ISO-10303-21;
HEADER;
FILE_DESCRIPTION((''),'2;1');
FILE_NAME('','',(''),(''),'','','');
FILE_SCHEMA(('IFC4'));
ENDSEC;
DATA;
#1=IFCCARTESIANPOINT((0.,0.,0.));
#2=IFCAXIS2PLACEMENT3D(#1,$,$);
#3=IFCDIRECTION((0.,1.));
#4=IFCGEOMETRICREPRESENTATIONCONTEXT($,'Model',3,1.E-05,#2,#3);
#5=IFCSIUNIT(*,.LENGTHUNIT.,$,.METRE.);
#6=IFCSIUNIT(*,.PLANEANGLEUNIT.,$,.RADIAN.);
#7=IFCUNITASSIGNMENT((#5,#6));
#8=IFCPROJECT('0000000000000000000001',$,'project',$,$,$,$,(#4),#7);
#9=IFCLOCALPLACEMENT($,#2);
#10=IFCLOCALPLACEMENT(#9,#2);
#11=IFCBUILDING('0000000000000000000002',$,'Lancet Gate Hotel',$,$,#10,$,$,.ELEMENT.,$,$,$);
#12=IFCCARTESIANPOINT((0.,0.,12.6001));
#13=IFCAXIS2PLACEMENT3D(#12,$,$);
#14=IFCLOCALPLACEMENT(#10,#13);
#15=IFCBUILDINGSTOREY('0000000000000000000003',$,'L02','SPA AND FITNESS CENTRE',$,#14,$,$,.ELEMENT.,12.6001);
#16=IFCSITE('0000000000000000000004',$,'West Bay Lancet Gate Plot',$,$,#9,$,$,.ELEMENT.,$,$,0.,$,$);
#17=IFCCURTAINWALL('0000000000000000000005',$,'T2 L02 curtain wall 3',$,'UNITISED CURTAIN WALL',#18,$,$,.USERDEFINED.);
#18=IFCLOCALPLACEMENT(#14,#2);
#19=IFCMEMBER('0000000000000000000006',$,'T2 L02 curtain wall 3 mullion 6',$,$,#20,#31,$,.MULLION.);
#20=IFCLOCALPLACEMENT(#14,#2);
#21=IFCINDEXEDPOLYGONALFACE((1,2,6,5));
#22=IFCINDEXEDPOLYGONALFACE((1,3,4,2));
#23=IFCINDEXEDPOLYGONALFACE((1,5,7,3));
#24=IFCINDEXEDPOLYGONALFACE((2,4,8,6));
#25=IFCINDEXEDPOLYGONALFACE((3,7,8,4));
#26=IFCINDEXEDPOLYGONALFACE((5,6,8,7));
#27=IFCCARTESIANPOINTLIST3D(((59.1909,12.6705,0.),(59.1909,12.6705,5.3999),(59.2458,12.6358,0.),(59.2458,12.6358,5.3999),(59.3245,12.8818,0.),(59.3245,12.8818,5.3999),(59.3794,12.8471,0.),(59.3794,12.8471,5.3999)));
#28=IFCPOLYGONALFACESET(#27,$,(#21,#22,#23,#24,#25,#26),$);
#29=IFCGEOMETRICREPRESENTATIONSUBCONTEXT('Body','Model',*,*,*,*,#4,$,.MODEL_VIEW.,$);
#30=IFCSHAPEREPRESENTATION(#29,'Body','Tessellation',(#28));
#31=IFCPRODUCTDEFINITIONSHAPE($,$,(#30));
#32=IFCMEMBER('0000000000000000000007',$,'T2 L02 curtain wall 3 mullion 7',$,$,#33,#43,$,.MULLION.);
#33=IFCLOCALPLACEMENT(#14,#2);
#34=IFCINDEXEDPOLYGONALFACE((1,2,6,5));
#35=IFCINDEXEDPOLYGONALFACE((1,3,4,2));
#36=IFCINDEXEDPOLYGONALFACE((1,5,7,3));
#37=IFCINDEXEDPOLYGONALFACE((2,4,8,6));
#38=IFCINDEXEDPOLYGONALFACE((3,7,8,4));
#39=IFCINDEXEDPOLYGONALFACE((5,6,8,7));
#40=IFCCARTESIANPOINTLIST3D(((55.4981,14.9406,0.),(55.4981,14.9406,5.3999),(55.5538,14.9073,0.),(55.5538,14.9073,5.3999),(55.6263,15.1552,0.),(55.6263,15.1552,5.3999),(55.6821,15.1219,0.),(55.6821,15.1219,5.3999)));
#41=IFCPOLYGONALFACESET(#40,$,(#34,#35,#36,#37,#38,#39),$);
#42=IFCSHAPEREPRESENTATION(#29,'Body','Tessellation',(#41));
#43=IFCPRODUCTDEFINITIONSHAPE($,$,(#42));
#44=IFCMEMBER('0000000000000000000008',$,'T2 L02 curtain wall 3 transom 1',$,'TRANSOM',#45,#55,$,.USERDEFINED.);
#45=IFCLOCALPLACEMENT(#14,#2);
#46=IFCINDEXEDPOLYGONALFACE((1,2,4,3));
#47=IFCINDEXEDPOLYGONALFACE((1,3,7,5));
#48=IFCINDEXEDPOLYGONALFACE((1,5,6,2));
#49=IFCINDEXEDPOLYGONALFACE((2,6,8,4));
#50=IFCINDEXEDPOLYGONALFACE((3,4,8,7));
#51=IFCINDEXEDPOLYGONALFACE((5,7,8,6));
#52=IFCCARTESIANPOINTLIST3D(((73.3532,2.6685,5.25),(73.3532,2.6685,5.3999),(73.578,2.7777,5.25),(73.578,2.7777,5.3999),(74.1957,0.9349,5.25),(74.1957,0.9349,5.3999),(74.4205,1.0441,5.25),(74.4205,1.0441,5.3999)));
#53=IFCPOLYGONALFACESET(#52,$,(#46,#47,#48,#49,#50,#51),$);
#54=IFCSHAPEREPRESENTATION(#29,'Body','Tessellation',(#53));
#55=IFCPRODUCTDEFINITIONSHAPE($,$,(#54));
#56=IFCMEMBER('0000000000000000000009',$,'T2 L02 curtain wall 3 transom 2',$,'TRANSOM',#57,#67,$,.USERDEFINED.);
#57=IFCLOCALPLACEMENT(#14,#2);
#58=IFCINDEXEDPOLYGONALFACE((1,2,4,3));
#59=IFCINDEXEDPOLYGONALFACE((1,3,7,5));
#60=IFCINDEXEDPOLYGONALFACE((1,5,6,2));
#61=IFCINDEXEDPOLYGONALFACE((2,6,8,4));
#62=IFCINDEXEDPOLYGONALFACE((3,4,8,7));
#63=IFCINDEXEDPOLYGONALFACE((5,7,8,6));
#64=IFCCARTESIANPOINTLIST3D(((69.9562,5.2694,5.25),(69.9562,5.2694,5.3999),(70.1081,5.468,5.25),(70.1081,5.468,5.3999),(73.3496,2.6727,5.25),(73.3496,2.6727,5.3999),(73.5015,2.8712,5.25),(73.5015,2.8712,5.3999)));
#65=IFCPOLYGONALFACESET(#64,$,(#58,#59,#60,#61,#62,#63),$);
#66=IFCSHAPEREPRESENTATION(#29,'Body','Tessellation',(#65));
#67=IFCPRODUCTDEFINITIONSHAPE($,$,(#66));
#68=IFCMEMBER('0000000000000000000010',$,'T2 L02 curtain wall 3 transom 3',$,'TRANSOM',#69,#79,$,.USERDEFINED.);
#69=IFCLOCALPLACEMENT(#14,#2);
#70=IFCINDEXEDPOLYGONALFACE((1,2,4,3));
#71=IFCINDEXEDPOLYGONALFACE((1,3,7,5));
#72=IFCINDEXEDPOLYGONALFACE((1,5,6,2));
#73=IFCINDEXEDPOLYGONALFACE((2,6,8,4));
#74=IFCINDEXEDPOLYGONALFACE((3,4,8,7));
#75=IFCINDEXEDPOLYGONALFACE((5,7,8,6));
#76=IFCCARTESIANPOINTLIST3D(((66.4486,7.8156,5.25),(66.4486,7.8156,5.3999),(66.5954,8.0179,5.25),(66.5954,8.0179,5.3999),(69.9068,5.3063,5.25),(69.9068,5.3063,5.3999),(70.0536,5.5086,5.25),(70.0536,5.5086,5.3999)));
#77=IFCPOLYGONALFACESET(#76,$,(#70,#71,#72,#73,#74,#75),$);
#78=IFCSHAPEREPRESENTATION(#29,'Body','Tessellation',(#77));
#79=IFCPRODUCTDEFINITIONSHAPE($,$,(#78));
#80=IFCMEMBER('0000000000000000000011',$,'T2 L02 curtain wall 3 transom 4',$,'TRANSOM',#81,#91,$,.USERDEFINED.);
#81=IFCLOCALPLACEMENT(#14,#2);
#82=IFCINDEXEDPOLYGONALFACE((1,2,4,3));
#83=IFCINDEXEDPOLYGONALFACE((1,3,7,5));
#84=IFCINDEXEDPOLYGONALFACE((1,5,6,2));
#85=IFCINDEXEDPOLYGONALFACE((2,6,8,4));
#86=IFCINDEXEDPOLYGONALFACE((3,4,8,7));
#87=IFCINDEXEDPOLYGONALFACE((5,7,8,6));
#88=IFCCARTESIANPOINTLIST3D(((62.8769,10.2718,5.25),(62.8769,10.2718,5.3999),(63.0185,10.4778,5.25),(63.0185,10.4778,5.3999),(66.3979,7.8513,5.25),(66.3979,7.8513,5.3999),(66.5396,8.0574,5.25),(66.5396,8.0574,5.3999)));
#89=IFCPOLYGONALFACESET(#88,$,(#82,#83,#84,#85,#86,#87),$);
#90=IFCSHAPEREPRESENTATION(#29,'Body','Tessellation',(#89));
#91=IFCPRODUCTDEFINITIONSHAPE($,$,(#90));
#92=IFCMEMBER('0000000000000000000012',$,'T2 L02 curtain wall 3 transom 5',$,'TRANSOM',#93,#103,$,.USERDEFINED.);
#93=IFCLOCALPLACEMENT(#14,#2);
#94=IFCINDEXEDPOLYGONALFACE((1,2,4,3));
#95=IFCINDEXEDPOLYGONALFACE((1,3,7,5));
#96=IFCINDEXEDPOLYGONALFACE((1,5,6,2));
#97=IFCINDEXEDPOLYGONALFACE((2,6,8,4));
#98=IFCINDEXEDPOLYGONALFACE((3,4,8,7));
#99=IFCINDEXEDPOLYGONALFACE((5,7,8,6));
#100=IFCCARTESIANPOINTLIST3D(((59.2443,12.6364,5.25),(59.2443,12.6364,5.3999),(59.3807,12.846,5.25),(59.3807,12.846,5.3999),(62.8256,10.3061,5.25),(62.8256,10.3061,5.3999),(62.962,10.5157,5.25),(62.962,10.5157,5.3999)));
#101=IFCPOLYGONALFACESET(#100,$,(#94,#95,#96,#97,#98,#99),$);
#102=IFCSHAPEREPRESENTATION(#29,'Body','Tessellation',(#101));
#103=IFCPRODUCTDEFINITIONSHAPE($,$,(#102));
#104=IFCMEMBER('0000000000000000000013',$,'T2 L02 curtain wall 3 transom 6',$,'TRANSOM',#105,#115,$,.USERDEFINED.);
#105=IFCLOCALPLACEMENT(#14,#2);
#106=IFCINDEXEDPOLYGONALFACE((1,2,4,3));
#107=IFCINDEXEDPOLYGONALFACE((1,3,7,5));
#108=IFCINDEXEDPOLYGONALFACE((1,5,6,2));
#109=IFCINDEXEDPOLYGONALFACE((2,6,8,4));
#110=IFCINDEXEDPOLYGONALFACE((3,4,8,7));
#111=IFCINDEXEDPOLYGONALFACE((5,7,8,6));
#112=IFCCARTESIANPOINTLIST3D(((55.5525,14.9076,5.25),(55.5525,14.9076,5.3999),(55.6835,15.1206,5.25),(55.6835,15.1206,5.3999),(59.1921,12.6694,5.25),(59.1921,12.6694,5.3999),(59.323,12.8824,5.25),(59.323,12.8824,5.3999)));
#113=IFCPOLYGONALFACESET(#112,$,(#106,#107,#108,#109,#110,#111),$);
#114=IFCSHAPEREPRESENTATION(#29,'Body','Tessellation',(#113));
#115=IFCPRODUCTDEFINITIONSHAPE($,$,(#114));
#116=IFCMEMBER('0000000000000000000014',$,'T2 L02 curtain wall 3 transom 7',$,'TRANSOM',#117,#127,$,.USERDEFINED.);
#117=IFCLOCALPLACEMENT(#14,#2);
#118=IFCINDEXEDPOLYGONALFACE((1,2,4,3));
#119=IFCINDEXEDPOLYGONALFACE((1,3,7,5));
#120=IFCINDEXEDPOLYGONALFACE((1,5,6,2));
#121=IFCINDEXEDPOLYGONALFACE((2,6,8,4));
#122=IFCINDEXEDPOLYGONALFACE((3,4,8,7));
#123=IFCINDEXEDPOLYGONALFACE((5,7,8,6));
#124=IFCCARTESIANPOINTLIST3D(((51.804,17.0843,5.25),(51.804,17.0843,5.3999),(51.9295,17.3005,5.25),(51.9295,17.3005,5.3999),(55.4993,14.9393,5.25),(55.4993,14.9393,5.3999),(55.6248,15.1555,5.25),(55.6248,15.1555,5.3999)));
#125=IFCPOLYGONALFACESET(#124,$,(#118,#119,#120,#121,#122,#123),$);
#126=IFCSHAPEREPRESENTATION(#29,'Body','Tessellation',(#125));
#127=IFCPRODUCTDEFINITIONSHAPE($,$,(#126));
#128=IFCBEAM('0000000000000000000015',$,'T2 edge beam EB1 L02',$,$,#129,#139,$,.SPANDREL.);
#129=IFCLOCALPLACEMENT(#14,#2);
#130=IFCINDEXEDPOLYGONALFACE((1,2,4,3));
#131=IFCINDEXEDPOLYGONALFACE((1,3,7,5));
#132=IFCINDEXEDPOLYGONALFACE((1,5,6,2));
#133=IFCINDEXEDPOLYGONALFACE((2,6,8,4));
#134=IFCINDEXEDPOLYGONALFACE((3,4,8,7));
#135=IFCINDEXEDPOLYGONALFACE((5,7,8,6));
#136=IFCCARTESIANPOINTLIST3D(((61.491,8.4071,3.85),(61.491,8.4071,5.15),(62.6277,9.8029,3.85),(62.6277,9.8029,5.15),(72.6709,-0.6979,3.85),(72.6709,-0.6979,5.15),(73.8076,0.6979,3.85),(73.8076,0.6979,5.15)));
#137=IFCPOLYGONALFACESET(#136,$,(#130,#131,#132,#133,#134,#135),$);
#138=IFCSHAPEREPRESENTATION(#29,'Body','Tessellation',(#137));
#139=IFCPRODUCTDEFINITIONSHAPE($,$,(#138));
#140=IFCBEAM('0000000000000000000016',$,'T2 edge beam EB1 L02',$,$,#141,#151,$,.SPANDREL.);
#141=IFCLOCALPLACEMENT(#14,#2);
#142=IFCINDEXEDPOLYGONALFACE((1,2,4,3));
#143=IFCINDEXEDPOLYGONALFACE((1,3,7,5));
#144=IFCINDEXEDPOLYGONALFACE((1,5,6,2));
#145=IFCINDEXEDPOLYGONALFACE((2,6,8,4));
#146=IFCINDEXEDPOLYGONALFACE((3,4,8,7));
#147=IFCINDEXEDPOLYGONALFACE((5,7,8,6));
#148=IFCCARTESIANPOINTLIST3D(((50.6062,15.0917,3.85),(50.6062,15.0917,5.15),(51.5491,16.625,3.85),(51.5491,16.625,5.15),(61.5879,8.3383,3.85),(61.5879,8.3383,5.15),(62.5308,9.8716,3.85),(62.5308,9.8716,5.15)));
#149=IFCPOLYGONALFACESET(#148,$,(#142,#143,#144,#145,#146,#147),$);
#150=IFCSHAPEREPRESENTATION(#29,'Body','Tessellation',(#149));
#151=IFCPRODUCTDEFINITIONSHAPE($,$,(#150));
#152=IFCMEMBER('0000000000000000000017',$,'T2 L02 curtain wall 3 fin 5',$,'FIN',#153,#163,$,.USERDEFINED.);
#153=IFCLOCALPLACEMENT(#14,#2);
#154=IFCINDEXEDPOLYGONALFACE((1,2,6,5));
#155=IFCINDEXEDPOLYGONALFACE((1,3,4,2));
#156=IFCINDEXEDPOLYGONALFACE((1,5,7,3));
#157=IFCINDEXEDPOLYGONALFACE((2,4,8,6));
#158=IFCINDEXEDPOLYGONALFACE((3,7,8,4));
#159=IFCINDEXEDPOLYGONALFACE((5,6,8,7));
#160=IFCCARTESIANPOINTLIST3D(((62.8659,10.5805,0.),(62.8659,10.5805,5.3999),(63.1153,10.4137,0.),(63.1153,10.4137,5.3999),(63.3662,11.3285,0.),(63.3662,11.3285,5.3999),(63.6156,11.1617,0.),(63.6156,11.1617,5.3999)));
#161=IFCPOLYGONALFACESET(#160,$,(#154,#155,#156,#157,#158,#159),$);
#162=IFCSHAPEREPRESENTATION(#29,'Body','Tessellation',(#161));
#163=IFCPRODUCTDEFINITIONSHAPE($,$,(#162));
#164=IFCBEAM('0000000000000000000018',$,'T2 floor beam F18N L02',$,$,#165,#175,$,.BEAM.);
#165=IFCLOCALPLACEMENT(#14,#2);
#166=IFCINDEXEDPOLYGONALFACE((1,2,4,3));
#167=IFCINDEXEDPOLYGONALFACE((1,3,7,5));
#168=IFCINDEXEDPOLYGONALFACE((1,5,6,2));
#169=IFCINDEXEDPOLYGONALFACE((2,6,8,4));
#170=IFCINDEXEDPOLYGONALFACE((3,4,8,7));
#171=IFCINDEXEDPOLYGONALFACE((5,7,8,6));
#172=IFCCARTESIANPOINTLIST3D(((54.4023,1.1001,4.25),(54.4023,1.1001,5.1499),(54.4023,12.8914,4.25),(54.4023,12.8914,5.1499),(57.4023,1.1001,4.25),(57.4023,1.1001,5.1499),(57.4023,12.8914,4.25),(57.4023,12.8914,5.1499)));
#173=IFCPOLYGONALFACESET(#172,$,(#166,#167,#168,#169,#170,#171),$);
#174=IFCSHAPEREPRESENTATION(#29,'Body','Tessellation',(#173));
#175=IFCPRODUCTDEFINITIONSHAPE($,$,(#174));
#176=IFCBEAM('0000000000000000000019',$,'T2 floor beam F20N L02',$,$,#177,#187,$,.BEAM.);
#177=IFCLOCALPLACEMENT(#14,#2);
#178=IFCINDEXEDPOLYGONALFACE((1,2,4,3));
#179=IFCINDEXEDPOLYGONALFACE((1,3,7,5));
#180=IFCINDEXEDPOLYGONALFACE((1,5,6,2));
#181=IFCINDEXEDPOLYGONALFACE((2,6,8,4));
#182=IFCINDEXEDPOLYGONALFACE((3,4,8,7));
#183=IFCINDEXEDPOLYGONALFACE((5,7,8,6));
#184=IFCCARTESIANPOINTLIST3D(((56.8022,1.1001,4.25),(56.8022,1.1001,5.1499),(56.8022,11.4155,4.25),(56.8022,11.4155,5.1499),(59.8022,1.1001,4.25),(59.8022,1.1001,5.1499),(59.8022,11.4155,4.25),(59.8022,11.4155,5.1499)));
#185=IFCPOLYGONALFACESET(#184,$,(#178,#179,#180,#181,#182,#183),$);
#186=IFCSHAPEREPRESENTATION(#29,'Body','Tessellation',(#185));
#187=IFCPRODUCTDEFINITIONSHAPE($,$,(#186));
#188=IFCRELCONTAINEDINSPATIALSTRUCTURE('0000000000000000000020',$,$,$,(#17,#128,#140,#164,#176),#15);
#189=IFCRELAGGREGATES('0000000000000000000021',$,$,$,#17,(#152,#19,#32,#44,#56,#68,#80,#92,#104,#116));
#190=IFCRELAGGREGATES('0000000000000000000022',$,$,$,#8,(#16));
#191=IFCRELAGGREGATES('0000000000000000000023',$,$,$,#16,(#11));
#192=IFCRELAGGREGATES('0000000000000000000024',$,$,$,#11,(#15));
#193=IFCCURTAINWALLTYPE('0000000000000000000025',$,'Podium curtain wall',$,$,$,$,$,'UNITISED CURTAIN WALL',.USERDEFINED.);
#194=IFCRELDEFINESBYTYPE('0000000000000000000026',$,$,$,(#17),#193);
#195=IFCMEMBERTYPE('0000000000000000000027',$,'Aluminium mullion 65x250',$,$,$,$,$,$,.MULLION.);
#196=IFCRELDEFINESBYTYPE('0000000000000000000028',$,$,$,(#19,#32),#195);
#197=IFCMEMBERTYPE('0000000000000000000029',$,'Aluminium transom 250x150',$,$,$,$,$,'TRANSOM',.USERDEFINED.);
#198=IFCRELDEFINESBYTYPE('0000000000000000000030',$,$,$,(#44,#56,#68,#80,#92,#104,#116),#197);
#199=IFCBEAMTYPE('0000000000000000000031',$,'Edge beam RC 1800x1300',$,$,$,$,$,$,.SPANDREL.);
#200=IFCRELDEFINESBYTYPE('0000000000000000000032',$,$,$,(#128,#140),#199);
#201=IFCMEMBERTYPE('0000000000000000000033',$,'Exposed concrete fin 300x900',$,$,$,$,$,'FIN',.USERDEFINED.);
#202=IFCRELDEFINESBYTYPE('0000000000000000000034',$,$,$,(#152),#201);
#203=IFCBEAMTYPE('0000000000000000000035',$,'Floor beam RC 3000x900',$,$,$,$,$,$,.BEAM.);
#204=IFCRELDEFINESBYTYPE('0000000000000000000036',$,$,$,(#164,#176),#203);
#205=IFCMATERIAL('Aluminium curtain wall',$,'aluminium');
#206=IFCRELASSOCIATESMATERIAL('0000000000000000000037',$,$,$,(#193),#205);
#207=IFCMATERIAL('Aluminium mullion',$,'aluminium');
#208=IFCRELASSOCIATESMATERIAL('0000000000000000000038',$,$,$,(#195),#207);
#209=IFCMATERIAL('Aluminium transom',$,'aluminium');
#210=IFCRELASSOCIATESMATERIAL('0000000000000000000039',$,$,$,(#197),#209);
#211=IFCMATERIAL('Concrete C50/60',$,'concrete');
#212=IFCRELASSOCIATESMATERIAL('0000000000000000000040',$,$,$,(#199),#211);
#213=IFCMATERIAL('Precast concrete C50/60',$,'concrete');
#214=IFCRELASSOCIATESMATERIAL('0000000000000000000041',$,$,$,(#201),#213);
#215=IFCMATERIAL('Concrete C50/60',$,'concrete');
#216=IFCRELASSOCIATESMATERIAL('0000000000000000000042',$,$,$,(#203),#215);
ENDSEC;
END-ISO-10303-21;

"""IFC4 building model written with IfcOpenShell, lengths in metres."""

from ifc_helpers import new_model, si_unit, direction, frame, origin, origin_2d, place, context, subcontext, project, spatial, rectangle, extrude, material, material_profile, profile_set, type_object, element, aggregate, save


model = new_model("IFC4")

# Units and contexts
model_context = context("Model", 3, precision=1e-05, world=origin(), true_north=direction((0.0, 1.0)))
body_context = subcontext(model_context, "Body", "Model", "MODEL_VIEW")
ifc_project = project(units=[si_unit("LENGTHUNIT", "METRE"), si_unit("PLANEANGLEUNIT", "RADIAN")], contexts=[model_context])

# Site, building, storey
site_placement = place(None, origin())
site = spatial("IfcSite", under=ifc_project, at=site_placement, Name="West Bay Lancet Gate Plot", CompositionType="ELEMENT", RefElevation=0.0)
building_placement = place(site_placement, origin())
building = spatial("IfcBuilding", under=site, at=building_placement, Name="Lancet Gate Hotel", CompositionType="ELEMENT")
storey_placement = place(building_placement, frame((0.0, 0.0, 12.6001)))
storey = spatial("IfcBuildingStorey", under=building, at=storey_placement, Name="L02", Description="SPA AND FITNESS CENTRE", CompositionType="ELEMENT", Elevation=12.6001)

# Curtain wall, members
ifc_material_1 = material(Name="Aluminium curtain wall", Category="aluminium")
curtain_wall_type = type_object("IfcCurtainWallType", Name="Podium curtain wall", ElementType="UNITISED CURTAIN WALL", PredefinedType="USERDEFINED", material=ifc_material_1)
curtain_wall_placement = place(storey_placement, origin())
curtain_wall = element("IfcCurtainWall", 1, at=curtain_wall_placement, inside=storey, type_object=curtain_wall_type, Name="T2 L02 curtain wall 3", ObjectType="UNITISED CURTAIN WALL", PredefinedType="USERDEFINED")
ifc_material_2 = material(Name="Aluminium mullion", Category="aluminium")
ifc_material_profile_1 = material_profile(ifc_material_2, rectangle(XDim=0.0649, YDim=0.25, at=origin_2d()), Name="MULLION 65x250")
ifc_profile_set_1 = profile_set([ifc_material_profile_1], Name="Aluminium mullion")
member_type_1 = type_object("IfcMemberType", Name="Aluminium mullion 65x250", PredefinedType="MULLION", material=ifc_profile_set_1)
member_1_placement = place(storey_placement, frame((59.2852, 12.7588, 0.0), z_axis=(0.0, 0.0, 1.0), x_axis=(-0.845079, 0.534641, 0.0)))
member_1 = element("IfcMember", 2, at=member_1_placement, type_object=member_type_1, Name="T2 L02 curtain wall 3 mullion 6", PredefinedType="MULLION", context=body_context, shape_type="SweptSolid", body=[
    extrude(rectangle(XDim=0.0649, YDim=0.25, at=origin_2d()), origin(), (0.0, 0.0, 1.0), 5.3999),
])
member_2_placement = place(storey_placement, frame((55.5901, 15.0312, 0.0), z_axis=(0.0, 0.0, 1.0), x_axis=(-0.858413, 0.512959, 0.0)))
member_2 = element("IfcMember", 3, at=member_2_placement, type_object=member_type_1, Name="T2 L02 curtain wall 3 mullion 7", PredefinedType="MULLION", context=body_context, shape_type="SweptSolid", body=[
    extrude(rectangle(XDim=0.0649, YDim=0.25, at=origin_2d()), origin(), (0.0, 0.0, 1.0), 5.3999),
])
ifc_material_3 = material(Name="Aluminium transom", Category="aluminium")
ifc_material_profile_2 = material_profile(ifc_material_3, rectangle(XDim=0.25, YDim=0.1499, at=origin_2d()), Name="TRANSOM 250x150")
ifc_profile_set_2 = profile_set([ifc_material_profile_2], Name="Aluminium transom")
member_type_2 = type_object("IfcMemberType", Name="Aluminium transom 250x150", ElementType="TRANSOM", PredefinedType="USERDEFINED", material=ifc_profile_set_2)
member_3_placement = place(storey_placement, frame((74.3081, 0.9895, 5.325), z_axis=(-0.437103, 0.899411, 0.0), x_axis=(-0.899411, -0.437103, 0.0)))
member_3 = element("IfcMember", 4, at=member_3_placement, type_object=member_type_2, Name="T2 L02 curtain wall 3 transom 1", ObjectType="TRANSOM", PredefinedType="USERDEFINED", context=body_context, shape_type="SweptSolid", body=[
    extrude(rectangle(XDim=0.25, YDim=0.1499, at=origin_2d()), origin(), (0.0, 0.0, 1.0), 1.9275),
])
member_4_placement = place(storey_placement, frame((73.4255, 2.772, 5.325), z_axis=(-0.794155, 0.607715, 0.0), x_axis=(-0.607715, -0.794155, 0.0)))
member_4 = element("IfcMember", 5, at=member_4_placement, type_object=member_type_2, Name="T2 L02 curtain wall 3 transom 2", ObjectType="TRANSOM", PredefinedType="USERDEFINED", context=body_context, shape_type="SweptSolid", body=[
    extrude(rectangle(XDim=0.25, YDim=0.1499, at=origin_2d()), origin(), (0.0, 0.0, 1.0), 4.2729),
])
member_5_placement = place(storey_placement, frame((69.9802, 5.4075, 5.325), z_axis=(-0.809383, 0.587281, 0.0), x_axis=(-0.587281, -0.809383, 0.0)))
member_5 = element("IfcMember", 6, at=member_5_placement, type_object=member_type_2, Name="T2 L02 curtain wall 3 transom 3", ObjectType="TRANSOM", PredefinedType="USERDEFINED", context=body_context, shape_type="SweptSolid", body=[
    extrude(rectangle(XDim=0.25, YDim=0.1499, at=origin_2d()), origin(), (0.0, 0.0, 1.0), 4.2727),
])
member_6_placement = place(storey_placement, frame((66.4688, 7.9543, 5.325), z_axis=(-0.824072, 0.566485, 0.0), x_axis=(-0.566485, -0.824072, 0.0)))
member_6 = element("IfcMember", 7, at=member_6_placement, type_object=member_type_2, Name="T2 L02 curtain wall 3 transom 4", ObjectType="TRANSOM", PredefinedType="USERDEFINED", context=body_context, shape_type="SweptSolid", body=[
    extrude(rectangle(XDim=0.25, YDim=0.1499, at=origin_2d()), origin(), (0.0, 0.0, 1.0), 4.2727),
])
member_7_placement = place(storey_placement, frame((62.8938, 10.4109, 5.325), z_axis=(-0.838179, 0.545396, 0.0), x_axis=(-0.545396, -0.838179, 0.0)))
member_7 = element("IfcMember", 8, at=member_7_placement, type_object=member_type_2, Name="T2 L02 curtain wall 3 transom 5", ObjectType="TRANSOM", PredefinedType="USERDEFINED", context=body_context, shape_type="SweptSolid", body=[
    extrude(rectangle(XDim=0.25, YDim=0.1499, at=origin_2d()), origin(), (0.0, 0.0, 1.0), 4.2727),
])
member_8_placement = place(storey_placement, frame((59.2576, 12.7759, 5.325), z_axis=(-0.851815, 0.523842, 0.0), x_axis=(-0.523842, -0.851815, 0.0)))
member_8 = element("IfcMember", 9, at=member_8_placement, type_object=member_type_2, Name="T2 L02 curtain wall 3 transom 6", ObjectType="TRANSOM", PredefinedType="USERDEFINED", context=body_context, shape_type="SweptSolid", body=[
    extrude(rectangle(XDim=0.25, YDim=0.1499, at=origin_2d()), origin(), (0.0, 0.0, 1.0), 4.2727),
])
member_9_placement = place(storey_placement, frame((55.562, 15.0474, 5.325), z_axis=(-0.864855, 0.502022, 0.0), x_axis=(-0.502022, -0.864855, 0.0)))
member_9 = element("IfcMember", 10, at=member_9_placement, type_object=member_type_2, Name="T2 L02 curtain wall 3 transom 7", ObjectType="TRANSOM", PredefinedType="USERDEFINED", context=body_context, shape_type="SweptSolid", body=[
    extrude(rectangle(XDim=0.25, YDim=0.1499, at=origin_2d()), origin(), (0.0, 0.0, 1.0), 4.2727),
])

# Beams
ifc_material_4 = material(Name="Concrete C50/60", Category="concrete")
ifc_material_profile_3 = material_profile(ifc_material_4, rectangle(XDim=1.8, YDim=1.3, at=origin_2d()), Name="RC 1800x1300")
ifc_profile_set_3 = profile_set([ifc_material_profile_3], Name="Concrete C50/60")
beam_type_1 = type_object("IfcBeamType", Name="Edge beam RC 1800x1300", PredefinedType="SPANDREL", material=ifc_profile_set_3)
beam_1_placement = place(storey_placement, frame((73.2393, 0.0, 4.5), z_axis=(-0.775391, 0.631481, 0.0), x_axis=(-0.631481, -0.775391, 0.0)))
element("IfcBeam", 11, at=beam_1_placement, inside=storey, type_object=beam_type_1, Name="T2 edge beam EB1 L02", PredefinedType="SPANDREL", context=body_context, shape_type="SweptSolid", body=[
    extrude(rectangle(XDim=1.8, YDim=1.3, at=origin_2d()), origin(), (0.0, 0.0, 1.0), 14.4185),
])
beam_2_placement = place(storey_placement, frame((62.0593, 9.105, 4.5), z_axis=(-0.851816, 0.523842, 0.0), x_axis=(-0.523842, -0.851816, 0.0)))
element("IfcBeam", 12, at=beam_2_placement, inside=storey, type_object=beam_type_1, Name="T2 edge beam EB1 L02", PredefinedType="SPANDREL", context=body_context, shape_type="SweptSolid", body=[
    extrude(rectangle(XDim=1.8, YDim=1.3, at=origin_2d()), origin(), (0.0, 0.0, 1.0), 12.8921),
])

# Member
ifc_material_5 = material(Name="Precast concrete C50/60", Category="concrete")
ifc_material_profile_4 = material_profile(ifc_material_5, rectangle(XDim=0.3, YDim=0.8999, at=origin_2d()), Name="FIN 300x900")
ifc_profile_set_4 = profile_set([ifc_material_profile_4], Name="Precast concrete C50/60")
member_type_3 = type_object("IfcMemberType", Name="Exposed concrete fin 300x900", ElementType="FIN", PredefinedType="USERDEFINED", material=ifc_profile_set_4)
member_10_placement = place(storey_placement, frame((63.2407, 10.8711, 0.0), z_axis=(0.0, 0.0, 1.0), x_axis=(-0.831198, 0.555976, 0.0)))
member_10 = element("IfcMember", 13, at=member_10_placement, type_object=member_type_3, Name="T2 L02 curtain wall 3 fin 5", ObjectType="FIN", PredefinedType="USERDEFINED", context=body_context, shape_type="SweptSolid", body=[
    extrude(rectangle(XDim=0.3, YDim=0.8999, at=origin_2d()), origin(), (0.0, 0.0, 1.0), 5.3999),
])

# Beams
ifc_material_6 = material(Name="Concrete C50/60", Category="concrete")
ifc_material_profile_5 = material_profile(ifc_material_6, rectangle(XDim=3.0, YDim=0.8999, at=origin_2d()), Name="RC 3000x900")
ifc_profile_set_5 = profile_set([ifc_material_profile_5], Name="Concrete C50/60")
beam_type_2 = type_object("IfcBeamType", Name="Floor beam RC 3000x900", PredefinedType="BEAM", material=ifc_profile_set_5)
beam_3_placement = place(storey_placement, frame((55.9023, 1.1001, 4.7), z_axis=(0.0, 1.0, 0.0), x_axis=(-1.0, 0.0, 0.0)))
element("IfcBeam", 14, at=beam_3_placement, inside=storey, type_object=beam_type_2, Name="T2 floor beam F18N L02", PredefinedType="BEAM", context=body_context, shape_type="SweptSolid", body=[
    extrude(rectangle(XDim=3.0, YDim=0.8999, at=origin_2d()), origin(), (0.0, 0.0, 1.0), 11.7913),
])
beam_4_placement = place(storey_placement, frame((58.3022, 1.1001, 4.7), z_axis=(0.0, 1.0, 0.0), x_axis=(-1.0, 0.0, 0.0)))
element("IfcBeam", 15, at=beam_4_placement, inside=storey, type_object=beam_type_2, Name="T2 floor beam F20N L02", PredefinedType="BEAM", context=body_context, shape_type="SweptSolid", body=[
    extrude(rectangle(XDim=3.0, YDim=0.8999, at=origin_2d()), origin(), (0.0, 0.0, 1.0), 10.3154),
])

aggregate(curtain_wall, [member_10, member_1, member_2, member_3, member_4, member_5, member_6, member_7, member_8, member_9])

save(model, "model.ifc")
